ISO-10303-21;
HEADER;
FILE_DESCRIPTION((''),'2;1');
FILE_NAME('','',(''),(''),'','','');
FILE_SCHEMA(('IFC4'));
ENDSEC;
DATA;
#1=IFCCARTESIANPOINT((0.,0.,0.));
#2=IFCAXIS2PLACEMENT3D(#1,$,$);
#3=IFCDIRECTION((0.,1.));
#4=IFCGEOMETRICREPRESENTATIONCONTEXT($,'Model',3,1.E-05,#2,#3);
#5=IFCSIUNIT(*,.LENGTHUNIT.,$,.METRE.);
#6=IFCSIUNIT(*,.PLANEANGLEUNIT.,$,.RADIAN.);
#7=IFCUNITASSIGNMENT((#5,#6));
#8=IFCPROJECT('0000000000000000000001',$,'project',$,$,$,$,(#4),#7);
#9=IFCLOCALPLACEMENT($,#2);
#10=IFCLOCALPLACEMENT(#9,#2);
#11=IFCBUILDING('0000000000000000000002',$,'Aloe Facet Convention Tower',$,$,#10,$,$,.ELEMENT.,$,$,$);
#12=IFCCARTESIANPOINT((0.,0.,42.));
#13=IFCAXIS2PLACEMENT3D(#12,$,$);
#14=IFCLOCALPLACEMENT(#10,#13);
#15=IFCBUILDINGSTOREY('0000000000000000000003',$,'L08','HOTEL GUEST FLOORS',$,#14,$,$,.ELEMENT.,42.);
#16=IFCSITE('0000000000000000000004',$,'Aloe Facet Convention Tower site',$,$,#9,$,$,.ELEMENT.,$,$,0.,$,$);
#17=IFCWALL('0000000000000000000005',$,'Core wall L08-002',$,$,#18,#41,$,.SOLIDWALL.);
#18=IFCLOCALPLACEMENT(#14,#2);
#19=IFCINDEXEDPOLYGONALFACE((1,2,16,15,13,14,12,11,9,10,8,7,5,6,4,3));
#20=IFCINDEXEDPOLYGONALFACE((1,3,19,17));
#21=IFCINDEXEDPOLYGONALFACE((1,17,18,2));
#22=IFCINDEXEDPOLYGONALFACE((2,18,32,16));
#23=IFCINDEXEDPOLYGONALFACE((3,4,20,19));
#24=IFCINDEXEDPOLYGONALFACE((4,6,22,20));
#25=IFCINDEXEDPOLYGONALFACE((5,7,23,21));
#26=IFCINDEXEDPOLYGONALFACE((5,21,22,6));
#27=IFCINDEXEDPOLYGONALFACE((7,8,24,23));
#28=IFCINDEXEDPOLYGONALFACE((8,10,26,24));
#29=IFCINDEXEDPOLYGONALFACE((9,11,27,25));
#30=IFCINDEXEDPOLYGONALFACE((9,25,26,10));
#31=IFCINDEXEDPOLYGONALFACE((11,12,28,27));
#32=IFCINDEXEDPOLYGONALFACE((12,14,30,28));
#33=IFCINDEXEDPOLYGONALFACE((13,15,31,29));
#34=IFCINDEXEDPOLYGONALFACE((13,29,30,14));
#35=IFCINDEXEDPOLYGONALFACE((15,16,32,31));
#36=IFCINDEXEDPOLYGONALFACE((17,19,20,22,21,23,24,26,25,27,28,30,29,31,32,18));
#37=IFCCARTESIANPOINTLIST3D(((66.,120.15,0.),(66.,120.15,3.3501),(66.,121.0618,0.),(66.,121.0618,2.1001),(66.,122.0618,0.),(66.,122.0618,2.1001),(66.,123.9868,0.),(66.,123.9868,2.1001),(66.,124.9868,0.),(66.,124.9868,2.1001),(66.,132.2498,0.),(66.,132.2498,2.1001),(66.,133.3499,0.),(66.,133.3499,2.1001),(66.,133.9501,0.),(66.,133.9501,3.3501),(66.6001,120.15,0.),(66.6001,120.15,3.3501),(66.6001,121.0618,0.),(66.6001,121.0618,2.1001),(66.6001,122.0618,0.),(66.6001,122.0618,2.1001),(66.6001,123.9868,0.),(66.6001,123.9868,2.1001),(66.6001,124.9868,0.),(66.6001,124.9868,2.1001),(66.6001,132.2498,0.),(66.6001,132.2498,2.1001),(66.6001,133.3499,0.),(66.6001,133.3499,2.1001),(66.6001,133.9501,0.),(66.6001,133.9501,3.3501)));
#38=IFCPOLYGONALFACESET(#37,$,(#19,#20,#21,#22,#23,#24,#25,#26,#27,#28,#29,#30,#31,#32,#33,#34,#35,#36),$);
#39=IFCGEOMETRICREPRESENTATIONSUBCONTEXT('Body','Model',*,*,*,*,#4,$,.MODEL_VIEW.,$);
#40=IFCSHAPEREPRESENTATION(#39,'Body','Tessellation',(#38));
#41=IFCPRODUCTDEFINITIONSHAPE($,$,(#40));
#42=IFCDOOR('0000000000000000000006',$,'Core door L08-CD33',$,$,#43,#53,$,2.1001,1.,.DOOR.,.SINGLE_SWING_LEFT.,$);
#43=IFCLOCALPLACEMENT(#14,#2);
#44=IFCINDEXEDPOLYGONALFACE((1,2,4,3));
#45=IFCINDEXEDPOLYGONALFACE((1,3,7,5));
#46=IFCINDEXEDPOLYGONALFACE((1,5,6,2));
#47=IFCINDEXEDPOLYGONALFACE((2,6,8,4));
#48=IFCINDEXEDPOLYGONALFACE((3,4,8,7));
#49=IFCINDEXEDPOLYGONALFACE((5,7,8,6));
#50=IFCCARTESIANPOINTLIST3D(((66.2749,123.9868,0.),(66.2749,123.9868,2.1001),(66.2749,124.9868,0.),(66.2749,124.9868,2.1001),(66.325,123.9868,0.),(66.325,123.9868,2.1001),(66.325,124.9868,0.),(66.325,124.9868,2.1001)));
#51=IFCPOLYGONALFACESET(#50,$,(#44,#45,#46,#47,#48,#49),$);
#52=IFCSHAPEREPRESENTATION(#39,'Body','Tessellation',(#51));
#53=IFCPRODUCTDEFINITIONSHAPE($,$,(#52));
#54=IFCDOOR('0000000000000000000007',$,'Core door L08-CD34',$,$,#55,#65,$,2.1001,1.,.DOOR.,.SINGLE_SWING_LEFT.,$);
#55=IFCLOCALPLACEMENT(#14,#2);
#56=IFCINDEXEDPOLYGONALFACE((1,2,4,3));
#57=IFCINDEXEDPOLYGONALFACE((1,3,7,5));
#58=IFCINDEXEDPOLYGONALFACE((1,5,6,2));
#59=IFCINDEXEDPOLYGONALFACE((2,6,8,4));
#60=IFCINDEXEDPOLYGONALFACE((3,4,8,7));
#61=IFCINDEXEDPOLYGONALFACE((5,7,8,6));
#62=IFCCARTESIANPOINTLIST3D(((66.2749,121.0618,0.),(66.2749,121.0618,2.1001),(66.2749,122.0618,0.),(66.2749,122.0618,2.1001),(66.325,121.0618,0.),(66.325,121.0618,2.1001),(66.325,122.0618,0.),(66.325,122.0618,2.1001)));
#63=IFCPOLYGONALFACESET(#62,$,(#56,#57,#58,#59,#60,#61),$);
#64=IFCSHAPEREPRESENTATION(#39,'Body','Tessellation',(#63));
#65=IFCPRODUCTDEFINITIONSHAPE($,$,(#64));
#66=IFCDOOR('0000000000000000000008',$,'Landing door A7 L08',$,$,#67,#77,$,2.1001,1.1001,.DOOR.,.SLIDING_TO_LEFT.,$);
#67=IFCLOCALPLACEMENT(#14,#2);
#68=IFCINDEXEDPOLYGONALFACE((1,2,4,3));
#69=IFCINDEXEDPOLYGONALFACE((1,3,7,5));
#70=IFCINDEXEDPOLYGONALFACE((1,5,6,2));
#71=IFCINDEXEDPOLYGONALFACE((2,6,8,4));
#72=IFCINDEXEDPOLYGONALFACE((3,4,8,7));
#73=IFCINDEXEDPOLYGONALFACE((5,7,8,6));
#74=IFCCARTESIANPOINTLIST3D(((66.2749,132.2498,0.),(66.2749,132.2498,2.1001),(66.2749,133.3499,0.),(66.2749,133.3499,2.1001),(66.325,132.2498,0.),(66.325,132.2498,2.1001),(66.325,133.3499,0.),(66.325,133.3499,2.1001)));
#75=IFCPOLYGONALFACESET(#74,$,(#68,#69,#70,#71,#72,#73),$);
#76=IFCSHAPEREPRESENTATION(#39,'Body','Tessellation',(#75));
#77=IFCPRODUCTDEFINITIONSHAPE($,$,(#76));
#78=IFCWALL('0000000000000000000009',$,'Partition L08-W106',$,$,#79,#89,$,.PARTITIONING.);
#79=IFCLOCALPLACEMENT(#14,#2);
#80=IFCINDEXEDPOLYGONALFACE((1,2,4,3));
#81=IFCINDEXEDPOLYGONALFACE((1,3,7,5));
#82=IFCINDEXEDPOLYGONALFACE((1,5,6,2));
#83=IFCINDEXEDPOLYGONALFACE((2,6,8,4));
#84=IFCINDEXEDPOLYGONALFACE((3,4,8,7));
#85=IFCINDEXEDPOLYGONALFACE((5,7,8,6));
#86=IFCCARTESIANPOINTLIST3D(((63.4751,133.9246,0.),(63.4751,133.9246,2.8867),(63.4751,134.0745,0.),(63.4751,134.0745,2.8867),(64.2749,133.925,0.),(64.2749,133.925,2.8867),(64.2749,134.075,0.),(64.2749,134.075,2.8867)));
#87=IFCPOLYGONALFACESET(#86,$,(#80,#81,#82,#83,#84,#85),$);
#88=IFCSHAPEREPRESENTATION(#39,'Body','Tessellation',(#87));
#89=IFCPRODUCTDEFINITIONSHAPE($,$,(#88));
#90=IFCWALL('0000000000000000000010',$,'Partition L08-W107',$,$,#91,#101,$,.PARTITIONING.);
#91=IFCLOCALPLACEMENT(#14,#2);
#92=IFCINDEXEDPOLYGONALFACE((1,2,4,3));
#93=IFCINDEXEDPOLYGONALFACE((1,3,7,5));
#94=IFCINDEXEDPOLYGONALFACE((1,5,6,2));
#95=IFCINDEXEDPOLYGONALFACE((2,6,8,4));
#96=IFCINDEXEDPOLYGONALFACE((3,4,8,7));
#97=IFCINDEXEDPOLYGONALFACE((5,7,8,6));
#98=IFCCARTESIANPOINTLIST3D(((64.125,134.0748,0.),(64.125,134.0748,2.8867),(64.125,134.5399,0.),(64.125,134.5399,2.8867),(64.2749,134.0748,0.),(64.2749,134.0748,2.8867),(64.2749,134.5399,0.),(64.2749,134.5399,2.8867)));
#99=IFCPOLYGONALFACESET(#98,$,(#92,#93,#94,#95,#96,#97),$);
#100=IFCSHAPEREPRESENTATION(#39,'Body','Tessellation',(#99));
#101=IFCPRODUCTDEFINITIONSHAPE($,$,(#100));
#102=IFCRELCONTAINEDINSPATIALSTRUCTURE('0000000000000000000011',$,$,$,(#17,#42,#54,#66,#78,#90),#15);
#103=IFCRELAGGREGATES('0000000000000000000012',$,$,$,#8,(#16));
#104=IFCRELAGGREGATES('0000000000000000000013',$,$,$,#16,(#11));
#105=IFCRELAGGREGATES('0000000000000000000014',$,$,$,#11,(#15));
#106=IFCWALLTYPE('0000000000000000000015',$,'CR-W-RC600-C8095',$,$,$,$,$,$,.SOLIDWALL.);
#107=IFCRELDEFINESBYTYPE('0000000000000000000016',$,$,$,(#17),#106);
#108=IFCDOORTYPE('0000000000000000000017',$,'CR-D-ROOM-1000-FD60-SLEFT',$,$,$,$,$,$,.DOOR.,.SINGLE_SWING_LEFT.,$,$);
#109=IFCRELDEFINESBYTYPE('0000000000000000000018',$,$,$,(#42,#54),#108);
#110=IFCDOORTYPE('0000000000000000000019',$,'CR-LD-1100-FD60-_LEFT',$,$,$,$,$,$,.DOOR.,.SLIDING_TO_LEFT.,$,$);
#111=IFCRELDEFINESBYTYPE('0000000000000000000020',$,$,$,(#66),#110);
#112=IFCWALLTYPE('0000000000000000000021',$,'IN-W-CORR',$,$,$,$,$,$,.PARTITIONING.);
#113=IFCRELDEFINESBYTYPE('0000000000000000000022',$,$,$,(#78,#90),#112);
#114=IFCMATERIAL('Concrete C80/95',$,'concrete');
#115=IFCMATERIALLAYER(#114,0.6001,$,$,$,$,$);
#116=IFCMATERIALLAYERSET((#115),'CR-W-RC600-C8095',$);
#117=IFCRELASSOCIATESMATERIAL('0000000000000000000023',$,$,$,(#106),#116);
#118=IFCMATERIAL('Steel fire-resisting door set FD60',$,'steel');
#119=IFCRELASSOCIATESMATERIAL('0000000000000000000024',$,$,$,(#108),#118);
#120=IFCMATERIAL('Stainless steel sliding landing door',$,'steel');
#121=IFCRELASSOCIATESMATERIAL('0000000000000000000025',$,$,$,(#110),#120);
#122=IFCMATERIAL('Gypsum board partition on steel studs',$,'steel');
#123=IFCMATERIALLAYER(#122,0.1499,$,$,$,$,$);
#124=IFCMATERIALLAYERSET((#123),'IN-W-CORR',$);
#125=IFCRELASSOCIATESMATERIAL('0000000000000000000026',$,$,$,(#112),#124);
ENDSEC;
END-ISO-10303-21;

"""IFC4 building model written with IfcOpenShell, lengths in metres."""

from ifc_helpers import new_model, si_unit, direction, frame, frame_2d, origin, place, context, subcontext, project, spatial, rectangle, extrude, material, layer, layer_set, type_object, element, fill, save


model = new_model("IFC4")

# Units and contexts
model_context = context("Model", 3, precision=1e-05, world=origin(), true_north=direction((0.0, 1.0)))
body_context = subcontext(model_context, "Body", "Model", "MODEL_VIEW")
ifc_project = project(units=[si_unit("LENGTHUNIT", "METRE"), si_unit("PLANEANGLEUNIT", "RADIAN")], contexts=[model_context])

# Site, building, storey
site_placement = place(None, origin())
site = spatial("IfcSite", under=ifc_project, at=site_placement, Name="Aloe Facet Convention Tower site", CompositionType="ELEMENT", RefElevation=0.0)
building_placement = place(site_placement, origin())
building = spatial("IfcBuilding", under=site, at=building_placement, Name="Aloe Facet Convention Tower", CompositionType="ELEMENT")
storey_placement = place(building_placement, frame((0.0, 0.0, 42.0)))
storey = spatial("IfcBuildingStorey", under=building, at=storey_placement, Name="L08", Description="HOTEL GUEST FLOORS", CompositionType="ELEMENT", Elevation=42.0)

# Shared definitions
ifc_material_1 = material(Name="Concrete C80/95", Category="concrete")
ifc_layer_1 = layer(ifc_material_1, 0.6001)
ifc_layer_set_1 = layer_set([ifc_layer_1], Name="CR-W-RC600-C8095")
wall_type_1 = type_object("IfcWallType", Name="CR-W-RC600-C8095", PredefinedType="SOLIDWALL", material=ifc_layer_set_1)

# Wall, openings, doors
wall_1_placement = place(storey_placement, frame((66.3, 133.95, 0.0), z_axis=(0.0, 0.0, 1.0), x_axis=(0.0, -1.0, 0.0)))
wall_1 = element("IfcWall", 1, at=wall_1_placement, inside=storey, type_object=wall_type_1, Name="Core wall L08-002", PredefinedType="SOLIDWALL", context=body_context, shape_type="SweptSolid", body=[
    extrude(rectangle(XDim=13.8, YDim=0.6001, at=frame_2d((6.8999, 0.0))), origin(), (0.0, 0.0, 1.0), 3.3501),
])
opening_1_placement = place(wall_1_placement, frame((0.6001, 0.0, 0.0)))
opening_1 = element("IfcOpeningElement", 2, at=opening_1_placement, cuts=wall_1, PredefinedType="OPENING", context=body_context, shape_type="SweptSolid", body=[
    extrude(rectangle(XDim=1.1001, YDim=2.1001, at=frame_2d((0.55, 1.05))), frame((0.0, 0.3101, 0.0), z_axis=(0.0, -1.0, 0.0), x_axis=(1.0, 0.0, 0.0)), (0.0, 0.0, 1.0), 0.6201),
])
opening_2_placement = place(wall_1_placement, frame((8.9631, 0.0, 0.0)))
opening_2 = element("IfcOpeningElement", 3, at=opening_2_placement, cuts=wall_1, PredefinedType="OPENING", context=body_context, shape_type="SweptSolid", body=[
    extrude(rectangle(XDim=1.0, YDim=2.1001, at=frame_2d((0.5, 1.05))), frame((0.0, 0.3101, 0.0), z_axis=(0.0, -1.0, 0.0), x_axis=(1.0, 0.0, 0.0)), (0.0, 0.0, 1.0), 0.6201),
])
opening_3_placement = place(wall_1_placement, frame((11.8882, 0.0, 0.0)))
opening_3 = element("IfcOpeningElement", 4, at=opening_3_placement, cuts=wall_1, PredefinedType="OPENING", context=body_context, shape_type="SweptSolid", body=[
    extrude(rectangle(XDim=1.0, YDim=2.1001, at=frame_2d((0.5, 1.05))), frame((0.0, 0.3101, 0.0), z_axis=(0.0, -1.0, 0.0), x_axis=(1.0, 0.0, 0.0)), (0.0, 0.0, 1.0), 0.6201),
])
ifc_material_2 = material(Name="Steel fire-resisting door set FD60", Category="steel")
door_type_1 = type_object("IfcDoorType", Name="CR-D-ROOM-1000-FD60-SLEFT", OperationType="SINGLE_SWING_LEFT", PredefinedType="DOOR", material=ifc_material_2)
door_1_placement = place(opening_2_placement, origin())
door_1 = element("IfcDoor", 5, at=door_1_placement, inside=storey, type_object=door_type_1, Name="Core door L08-CD33", OperationType="SINGLE_SWING_LEFT", OverallHeight=2.1001, OverallWidth=1.0, PredefinedType="DOOR", context=body_context, shape_type="SweptSolid", body=[
    extrude(rectangle(XDim=1.0, YDim=2.1001, at=frame_2d((0.5, 1.05))), frame((0.0, 0.0249, 0.0), z_axis=(0.0, -1.0, 0.0), x_axis=(1.0, 0.0, 0.0)), (0.0, 0.0, 1.0), 0.05),
])
fill(opening_2, door_1)
door_2_placement = place(opening_3_placement, origin())
door_2 = element("IfcDoor", 6, at=door_2_placement, inside=storey, type_object=door_type_1, Name="Core door L08-CD34", OperationType="SINGLE_SWING_LEFT", OverallHeight=2.1001, OverallWidth=1.0, PredefinedType="DOOR", context=body_context, shape_type="SweptSolid", body=[
    extrude(rectangle(XDim=1.0, YDim=2.1001, at=frame_2d((0.5, 1.05))), frame((0.0, 0.0249, 0.0), z_axis=(0.0, -1.0, 0.0), x_axis=(1.0, 0.0, 0.0)), (0.0, 0.0, 1.0), 0.05),
])
fill(opening_3, door_2)
ifc_material_3 = material(Name="Stainless steel sliding landing door", Category="steel")
door_type_2 = type_object("IfcDoorType", Name="CR-LD-1100-FD60-_LEFT", OperationType="SLIDING_TO_LEFT", PredefinedType="DOOR", material=ifc_material_3)
door_3_placement = place(opening_1_placement, origin())
door_3 = element("IfcDoor", 7, at=door_3_placement, inside=storey, type_object=door_type_2, Name="Landing door A7 L08", OperationType="SLIDING_TO_LEFT", OverallHeight=2.1001, OverallWidth=1.1001, PredefinedType="DOOR", context=body_context, shape_type="SweptSolid", body=[
    extrude(rectangle(XDim=1.1001, YDim=2.1001, at=frame_2d((0.55, 1.05))), frame((0.0, 0.0249, 0.0), z_axis=(0.0, -1.0, 0.0), x_axis=(1.0, 0.0, 0.0)), (0.0, 0.0, 1.0), 0.05),
])
fill(opening_1, door_3)

# Walls
ifc_material_4 = material(Name="Gypsum board partition on steel studs", Category="steel")
ifc_layer_2 = layer(ifc_material_4, 0.1499)
ifc_layer_set_2 = layer_set([ifc_layer_2], Name="IN-W-CORR")
wall_type_2 = type_object("IfcWallType", Name="IN-W-CORR", PredefinedType="PARTITIONING", material=ifc_layer_set_2)
wall_2_placement = place(storey_placement, frame((63.4751, 133.9995, 0.0), z_axis=(0.0, 0.0, 1.0), x_axis=(1.0, 0.000611, 0.0)))
element("IfcWall", 8, at=wall_2_placement, inside=storey, type_object=wall_type_2, Name="Partition L08-W106", PredefinedType="PARTITIONING", context=body_context, shape_type="SweptSolid", body=[
    extrude(rectangle(XDim=0.7998, YDim=0.1499, at=frame_2d((0.3999, 0.0))), origin(), (0.0, 0.0, 1.0), 2.8867),
])
wall_3_placement = place(storey_placement, frame((64.2, 134.075, 0.0), z_axis=(0.0, 0.0, 1.0), x_axis=(0.0, 1.0, 0.0)))
element("IfcWall", 9, at=wall_3_placement, inside=storey, type_object=wall_type_2, Name="Partition L08-W107", PredefinedType="PARTITIONING", context=body_context, shape_type="SweptSolid", body=[
    extrude(rectangle(XDim=0.4651, YDim=0.1499, at=frame_2d((0.2324, 0.0))), origin(), (0.0, 0.0, 1.0), 2.8867),
])

save(model, "model.ifc")
